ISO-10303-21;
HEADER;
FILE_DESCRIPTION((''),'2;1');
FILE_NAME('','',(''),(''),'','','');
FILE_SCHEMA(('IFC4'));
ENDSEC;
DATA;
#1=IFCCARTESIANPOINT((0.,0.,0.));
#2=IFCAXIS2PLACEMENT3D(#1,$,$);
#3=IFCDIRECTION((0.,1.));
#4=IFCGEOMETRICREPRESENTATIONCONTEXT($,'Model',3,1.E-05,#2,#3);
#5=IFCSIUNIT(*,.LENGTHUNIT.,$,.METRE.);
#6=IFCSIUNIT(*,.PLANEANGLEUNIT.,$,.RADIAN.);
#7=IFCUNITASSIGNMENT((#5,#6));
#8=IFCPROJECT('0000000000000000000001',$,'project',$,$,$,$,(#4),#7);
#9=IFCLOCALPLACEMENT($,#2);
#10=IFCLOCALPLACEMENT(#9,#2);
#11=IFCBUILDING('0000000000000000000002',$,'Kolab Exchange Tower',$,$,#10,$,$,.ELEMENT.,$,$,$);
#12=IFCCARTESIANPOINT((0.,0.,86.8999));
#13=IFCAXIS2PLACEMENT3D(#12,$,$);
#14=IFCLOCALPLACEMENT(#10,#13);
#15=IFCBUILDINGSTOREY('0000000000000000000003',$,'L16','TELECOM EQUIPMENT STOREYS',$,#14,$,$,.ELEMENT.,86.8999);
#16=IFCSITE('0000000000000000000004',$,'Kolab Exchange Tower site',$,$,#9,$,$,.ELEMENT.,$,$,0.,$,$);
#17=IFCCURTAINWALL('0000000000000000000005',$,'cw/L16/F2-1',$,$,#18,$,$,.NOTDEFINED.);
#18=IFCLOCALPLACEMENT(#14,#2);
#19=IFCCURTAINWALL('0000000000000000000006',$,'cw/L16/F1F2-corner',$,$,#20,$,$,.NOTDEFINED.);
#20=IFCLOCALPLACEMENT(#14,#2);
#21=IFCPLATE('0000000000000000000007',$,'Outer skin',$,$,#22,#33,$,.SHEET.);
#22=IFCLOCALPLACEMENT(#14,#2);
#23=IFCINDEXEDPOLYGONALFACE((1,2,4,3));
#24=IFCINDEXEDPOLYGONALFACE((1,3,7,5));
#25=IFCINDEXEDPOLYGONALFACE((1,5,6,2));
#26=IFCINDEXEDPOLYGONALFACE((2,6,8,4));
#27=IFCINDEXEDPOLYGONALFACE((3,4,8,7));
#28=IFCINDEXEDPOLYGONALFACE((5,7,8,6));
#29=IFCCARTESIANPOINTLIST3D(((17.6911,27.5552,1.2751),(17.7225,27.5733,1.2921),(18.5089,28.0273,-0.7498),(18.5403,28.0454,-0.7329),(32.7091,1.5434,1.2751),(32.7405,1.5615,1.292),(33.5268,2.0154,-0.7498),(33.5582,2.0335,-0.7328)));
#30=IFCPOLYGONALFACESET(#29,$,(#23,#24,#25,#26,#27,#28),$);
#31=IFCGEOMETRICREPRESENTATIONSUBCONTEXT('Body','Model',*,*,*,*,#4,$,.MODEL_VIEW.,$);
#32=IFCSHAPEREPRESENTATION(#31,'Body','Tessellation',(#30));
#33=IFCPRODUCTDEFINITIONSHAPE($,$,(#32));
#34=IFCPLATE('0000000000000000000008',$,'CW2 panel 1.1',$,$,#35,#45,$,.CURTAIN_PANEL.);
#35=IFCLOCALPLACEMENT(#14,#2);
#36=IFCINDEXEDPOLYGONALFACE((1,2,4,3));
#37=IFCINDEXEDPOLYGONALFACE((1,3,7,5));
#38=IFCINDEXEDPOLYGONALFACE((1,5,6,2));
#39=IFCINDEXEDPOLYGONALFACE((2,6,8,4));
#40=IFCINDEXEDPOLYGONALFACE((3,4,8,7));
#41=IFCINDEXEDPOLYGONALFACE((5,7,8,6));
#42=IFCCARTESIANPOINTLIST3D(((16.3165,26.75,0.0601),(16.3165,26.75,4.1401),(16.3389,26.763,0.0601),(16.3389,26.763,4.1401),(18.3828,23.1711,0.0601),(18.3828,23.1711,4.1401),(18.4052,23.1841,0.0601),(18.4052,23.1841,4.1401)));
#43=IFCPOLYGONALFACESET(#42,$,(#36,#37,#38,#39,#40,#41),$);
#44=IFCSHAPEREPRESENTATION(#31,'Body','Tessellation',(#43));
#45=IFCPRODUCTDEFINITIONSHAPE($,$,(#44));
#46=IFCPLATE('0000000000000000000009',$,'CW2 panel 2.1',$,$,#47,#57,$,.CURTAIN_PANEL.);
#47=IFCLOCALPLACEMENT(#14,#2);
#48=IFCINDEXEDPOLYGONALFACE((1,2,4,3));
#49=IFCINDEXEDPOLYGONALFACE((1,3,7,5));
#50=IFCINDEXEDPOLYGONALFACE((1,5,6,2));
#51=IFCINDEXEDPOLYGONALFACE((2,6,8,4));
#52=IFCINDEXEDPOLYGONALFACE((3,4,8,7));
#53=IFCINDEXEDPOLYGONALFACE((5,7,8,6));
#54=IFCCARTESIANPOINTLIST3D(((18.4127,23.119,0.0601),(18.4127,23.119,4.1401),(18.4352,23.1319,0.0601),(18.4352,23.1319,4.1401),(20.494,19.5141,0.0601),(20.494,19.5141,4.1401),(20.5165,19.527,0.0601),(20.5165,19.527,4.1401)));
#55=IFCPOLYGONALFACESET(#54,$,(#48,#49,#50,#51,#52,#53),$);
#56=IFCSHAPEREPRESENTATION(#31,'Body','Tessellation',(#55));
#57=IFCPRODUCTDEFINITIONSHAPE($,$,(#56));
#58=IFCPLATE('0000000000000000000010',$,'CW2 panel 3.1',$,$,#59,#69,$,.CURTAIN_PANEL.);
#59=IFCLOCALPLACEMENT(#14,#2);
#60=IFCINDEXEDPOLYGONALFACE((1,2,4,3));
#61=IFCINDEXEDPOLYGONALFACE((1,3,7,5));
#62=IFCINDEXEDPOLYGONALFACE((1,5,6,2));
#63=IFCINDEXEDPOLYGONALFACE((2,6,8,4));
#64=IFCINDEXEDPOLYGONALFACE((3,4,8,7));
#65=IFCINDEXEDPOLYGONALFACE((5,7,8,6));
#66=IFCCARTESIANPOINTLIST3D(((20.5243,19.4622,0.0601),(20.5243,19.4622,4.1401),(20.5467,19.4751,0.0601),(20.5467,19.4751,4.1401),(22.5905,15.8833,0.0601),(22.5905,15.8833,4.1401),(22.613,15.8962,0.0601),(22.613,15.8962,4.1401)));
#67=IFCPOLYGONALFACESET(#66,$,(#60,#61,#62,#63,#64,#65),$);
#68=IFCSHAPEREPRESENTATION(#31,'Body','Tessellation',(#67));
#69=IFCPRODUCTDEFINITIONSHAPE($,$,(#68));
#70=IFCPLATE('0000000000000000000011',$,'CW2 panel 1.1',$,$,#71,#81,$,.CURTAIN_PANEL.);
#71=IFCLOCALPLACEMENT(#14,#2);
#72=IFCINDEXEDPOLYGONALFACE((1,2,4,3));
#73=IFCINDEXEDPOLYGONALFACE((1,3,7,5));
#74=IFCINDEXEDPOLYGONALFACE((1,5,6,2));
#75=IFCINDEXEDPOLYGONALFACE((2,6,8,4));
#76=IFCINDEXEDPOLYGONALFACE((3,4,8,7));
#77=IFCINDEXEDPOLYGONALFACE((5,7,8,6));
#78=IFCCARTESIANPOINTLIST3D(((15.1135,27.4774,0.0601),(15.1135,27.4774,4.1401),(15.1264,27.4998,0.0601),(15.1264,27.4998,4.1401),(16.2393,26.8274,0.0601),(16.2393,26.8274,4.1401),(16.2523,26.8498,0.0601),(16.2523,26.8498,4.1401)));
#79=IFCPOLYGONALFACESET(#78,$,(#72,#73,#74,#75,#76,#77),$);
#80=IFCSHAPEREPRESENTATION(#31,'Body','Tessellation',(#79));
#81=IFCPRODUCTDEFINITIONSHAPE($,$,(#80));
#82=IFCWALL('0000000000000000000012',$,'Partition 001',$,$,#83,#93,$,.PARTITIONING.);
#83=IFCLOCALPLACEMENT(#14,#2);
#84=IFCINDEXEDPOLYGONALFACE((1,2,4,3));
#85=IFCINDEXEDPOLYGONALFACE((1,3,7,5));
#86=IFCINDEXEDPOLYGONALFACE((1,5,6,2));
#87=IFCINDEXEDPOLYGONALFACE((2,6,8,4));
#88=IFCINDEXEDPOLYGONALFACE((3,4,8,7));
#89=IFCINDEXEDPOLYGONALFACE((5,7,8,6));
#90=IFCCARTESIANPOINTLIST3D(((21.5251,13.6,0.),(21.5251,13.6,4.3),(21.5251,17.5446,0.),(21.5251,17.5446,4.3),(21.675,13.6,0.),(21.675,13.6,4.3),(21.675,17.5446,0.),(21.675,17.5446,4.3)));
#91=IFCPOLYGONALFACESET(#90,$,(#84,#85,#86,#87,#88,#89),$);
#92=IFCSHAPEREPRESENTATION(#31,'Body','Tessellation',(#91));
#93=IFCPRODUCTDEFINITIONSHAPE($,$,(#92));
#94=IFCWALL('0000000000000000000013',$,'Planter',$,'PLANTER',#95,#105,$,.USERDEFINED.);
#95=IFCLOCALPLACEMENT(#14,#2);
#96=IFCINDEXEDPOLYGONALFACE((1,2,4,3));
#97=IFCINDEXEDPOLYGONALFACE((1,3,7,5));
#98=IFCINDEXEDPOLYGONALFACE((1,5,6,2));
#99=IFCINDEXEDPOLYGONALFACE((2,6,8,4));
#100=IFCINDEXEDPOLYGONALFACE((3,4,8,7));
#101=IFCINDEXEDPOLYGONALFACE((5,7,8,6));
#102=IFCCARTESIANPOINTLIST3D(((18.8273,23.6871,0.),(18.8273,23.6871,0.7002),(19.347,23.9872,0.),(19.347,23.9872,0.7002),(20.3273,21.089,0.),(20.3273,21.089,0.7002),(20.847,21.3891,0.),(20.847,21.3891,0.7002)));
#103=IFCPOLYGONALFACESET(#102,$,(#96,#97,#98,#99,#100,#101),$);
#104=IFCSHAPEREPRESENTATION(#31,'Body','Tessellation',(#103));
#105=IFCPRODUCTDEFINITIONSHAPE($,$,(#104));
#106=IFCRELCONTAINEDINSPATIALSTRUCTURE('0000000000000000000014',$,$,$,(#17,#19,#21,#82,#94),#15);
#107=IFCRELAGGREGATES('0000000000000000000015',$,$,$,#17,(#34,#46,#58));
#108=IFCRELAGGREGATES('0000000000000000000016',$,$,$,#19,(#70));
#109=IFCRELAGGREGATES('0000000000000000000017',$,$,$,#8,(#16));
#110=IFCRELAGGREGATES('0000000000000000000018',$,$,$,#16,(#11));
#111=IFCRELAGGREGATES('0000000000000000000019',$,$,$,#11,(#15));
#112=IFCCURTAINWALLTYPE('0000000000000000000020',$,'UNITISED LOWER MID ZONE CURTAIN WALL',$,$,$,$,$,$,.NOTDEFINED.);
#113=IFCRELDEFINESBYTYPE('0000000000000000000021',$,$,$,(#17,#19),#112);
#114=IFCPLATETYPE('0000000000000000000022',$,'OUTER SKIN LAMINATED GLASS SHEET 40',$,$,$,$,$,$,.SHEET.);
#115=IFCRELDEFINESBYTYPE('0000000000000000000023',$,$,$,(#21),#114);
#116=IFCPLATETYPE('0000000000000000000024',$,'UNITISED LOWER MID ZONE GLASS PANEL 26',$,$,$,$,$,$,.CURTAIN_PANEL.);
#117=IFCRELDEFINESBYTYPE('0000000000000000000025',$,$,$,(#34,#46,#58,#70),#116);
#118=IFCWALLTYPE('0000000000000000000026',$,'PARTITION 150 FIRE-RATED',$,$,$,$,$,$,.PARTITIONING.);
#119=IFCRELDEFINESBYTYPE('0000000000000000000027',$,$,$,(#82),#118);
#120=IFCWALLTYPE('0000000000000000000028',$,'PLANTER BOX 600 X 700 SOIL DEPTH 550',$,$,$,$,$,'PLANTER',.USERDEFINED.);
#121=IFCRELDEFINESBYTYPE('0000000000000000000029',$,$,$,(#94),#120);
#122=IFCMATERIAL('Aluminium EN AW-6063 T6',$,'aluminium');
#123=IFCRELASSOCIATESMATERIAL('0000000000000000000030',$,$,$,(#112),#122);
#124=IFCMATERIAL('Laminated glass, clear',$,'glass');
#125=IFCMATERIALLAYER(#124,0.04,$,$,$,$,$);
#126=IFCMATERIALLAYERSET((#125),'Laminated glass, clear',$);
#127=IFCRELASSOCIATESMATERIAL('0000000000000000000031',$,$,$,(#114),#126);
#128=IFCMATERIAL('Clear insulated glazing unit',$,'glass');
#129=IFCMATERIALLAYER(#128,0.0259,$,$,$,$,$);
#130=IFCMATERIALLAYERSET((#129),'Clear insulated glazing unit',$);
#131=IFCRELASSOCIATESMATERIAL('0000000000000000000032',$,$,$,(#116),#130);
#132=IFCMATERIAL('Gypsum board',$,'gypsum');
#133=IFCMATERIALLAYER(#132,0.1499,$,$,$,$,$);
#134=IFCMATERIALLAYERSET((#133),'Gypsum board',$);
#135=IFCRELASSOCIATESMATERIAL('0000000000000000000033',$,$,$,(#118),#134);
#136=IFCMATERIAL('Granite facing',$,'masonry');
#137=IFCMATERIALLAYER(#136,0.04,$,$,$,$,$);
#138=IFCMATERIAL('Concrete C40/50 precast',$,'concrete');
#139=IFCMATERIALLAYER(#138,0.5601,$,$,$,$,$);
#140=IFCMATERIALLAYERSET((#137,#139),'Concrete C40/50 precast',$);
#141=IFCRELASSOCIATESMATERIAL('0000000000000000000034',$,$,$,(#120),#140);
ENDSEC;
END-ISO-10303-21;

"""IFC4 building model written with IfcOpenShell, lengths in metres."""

from ifc_helpers import new_model, si_unit, direction, frame, frame_2d, origin, origin_2d, place, context, subcontext, project, spatial, polyline, rectangle, outline, extrude, material, layer, layer_set, type_object, element, aggregate, save


model = new_model("IFC4")

# Units and contexts
model_context = context("Model", 3, precision=1e-05, world=origin(), true_north=direction((0.0, 1.0)))
body_context = subcontext(model_context, "Body", "Model", "MODEL_VIEW")
ifc_project = project(units=[si_unit("LENGTHUNIT", "METRE"), si_unit("PLANEANGLEUNIT", "RADIAN")], contexts=[model_context])

# Site, building, storey
site_placement = place(None, origin())
site = spatial("IfcSite", under=ifc_project, at=site_placement, Name="Kolab Exchange Tower site", CompositionType="ELEMENT", RefElevation=0.0)
building_placement = place(site_placement, origin())
building = spatial("IfcBuilding", under=site, at=building_placement, Name="Kolab Exchange Tower", CompositionType="ELEMENT")
storey_placement = place(building_placement, frame((0.0, 0.0, 86.8999)))
storey = spatial("IfcBuildingStorey", under=building, at=storey_placement, Name="L16", Description="TELECOM EQUIPMENT STOREYS", CompositionType="ELEMENT", Elevation=86.8999)

# Shared definitions
ifc_material_1 = material(Name="Aluminium EN AW-6063 T6", Category="aluminium")
curtain_wall_type = type_object("IfcCurtainWallType", Name="UNITISED LOWER MID ZONE CURTAIN WALL", PredefinedType="NOTDEFINED", material=ifc_material_1)

# Curtain wall
curtain_wall_1_placement = place(storey_placement, origin())
curtain_wall_1 = element("IfcCurtainWall", 1, at=curtain_wall_1_placement, inside=storey, type_object=curtain_wall_type, Name="cw/L16/F2-1", PredefinedType="NOTDEFINED")

# Curtain wall
curtain_wall_2_placement = place(storey_placement, origin())
curtain_wall_2 = element("IfcCurtainWall", 2, at=curtain_wall_2_placement, inside=storey, type_object=curtain_wall_type, Name="cw/L16/F1F2-corner", PredefinedType="NOTDEFINED")

# Plates
ifc_material_2 = material(Name="Laminated glass, clear", Category="glass")
ifc_layer_1 = layer(ifc_material_2, 0.04)
ifc_layer_set_1 = layer_set([ifc_layer_1], Name="Laminated glass, clear")
plate_type_1 = type_object("IfcPlateType", Name="OUTER SKIN LAMINATED GLASS SHEET 40", PredefinedType="SHEET", material=ifc_layer_set_1)
plate_1_placement = place(storey_placement, frame((18.5403, 28.0454, -0.7329), z_axis=(0.784887, 0.453155, 0.422613), x_axis=(0.499999, -0.866026, 0.000002)))
element("IfcPlate", 3, at=plate_1_placement, inside=storey, type_object=plate_type_1, Name="Outer skin", PredefinedType="SHEET", context=body_context, shape_type="SweptSolid", body=[
    extrude(outline(polyline([(0.0, 0.0), (30.0359, 0.0), (30.0358, -2.2342), (0.0, -2.2343), (0.0, 0.0)])), origin(), (0.0, 0.0, -1.0), 0.04),
])
ifc_material_3 = material(Name="Clear insulated glazing unit", Category="glass")
ifc_layer_2 = layer(ifc_material_3, 0.0259)
ifc_layer_set_2 = layer_set([ifc_layer_2], Name="Clear insulated glazing unit")
plate_type_2 = type_object("IfcPlateType", Name="UNITISED LOWER MID ZONE GLASS PANEL 26", PredefinedType="CURTAIN_PANEL", material=ifc_layer_set_2)
plate_2_placement = place(storey_placement, frame((17.3608, 24.967, 0.0601), z_axis=(0.0, 0.0, 1.0), x_axis=(0.5, -0.866025, 0.0)))
plate_2 = element("IfcPlate", 4, at=plate_2_placement, type_object=plate_type_2, Name="CW2 panel 1.1", PredefinedType="CURTAIN_PANEL", context=body_context, shape_type="SweptSolid", body=[
    extrude(rectangle(XDim=4.1326, YDim=0.0259, at=origin_2d()), origin(), (0.0, 0.0, 1.0), 4.0801),
])
plate_3_placement = place(storey_placement, frame((19.4646, 21.323, 0.0601), z_axis=(0.0, 0.0, 1.0), x_axis=(0.5, -0.866025, 0.0)))
plate_3 = element("IfcPlate", 5, at=plate_3_placement, type_object=plate_type_2, Name="CW2 panel 2.1", PredefinedType="CURTAIN_PANEL", context=body_context, shape_type="SweptSolid", body=[
    extrude(rectangle(XDim=4.1626, YDim=0.0259, at=origin_2d()), origin(), (0.0, 0.0, 1.0), 4.0801),
])
plate_4_placement = place(storey_placement, frame((21.5686, 17.6792, 0.0601), z_axis=(0.0, 0.0, 1.0), x_axis=(0.5, -0.866025, 0.0)))
plate_4 = element("IfcPlate", 6, at=plate_4_placement, type_object=plate_type_2, Name="CW2 panel 3.1", PredefinedType="CURTAIN_PANEL", context=body_context, shape_type="SweptSolid", body=[
    extrude(rectangle(XDim=4.1326, YDim=0.0259, at=origin_2d()), origin(), (0.0, 0.0, 1.0), 4.0801),
])
aggregate(curtain_wall_1, [plate_2, plate_3, plate_4])
plate_5_placement = place(storey_placement, frame((15.6829, 27.1636, 0.0601), z_axis=(0.0, 0.0, 1.0), x_axis=(0.866025, -0.5, 0.0)))
plate_5 = element("IfcPlate", 7, at=plate_5_placement, type_object=plate_type_2, Name="CW2 panel 1.1", PredefinedType="CURTAIN_PANEL", context=body_context, shape_type="SweptSolid", body=[
    extrude(rectangle(XDim=1.3, YDim=0.0259, at=origin_2d()), origin(), (0.0, 0.0, 1.0), 4.0801),
])
aggregate(curtain_wall_2, [plate_5])

# Walls
ifc_material_4 = material(Name="Gypsum board", Category="gypsum")
ifc_layer_3 = layer(ifc_material_4, 0.1499)
ifc_layer_set_3 = layer_set([ifc_layer_3], Name="Gypsum board")
wall_type_1 = type_object("IfcWallType", Name="PARTITION 150 FIRE-RATED", PredefinedType="PARTITIONING", material=ifc_layer_set_3)
wall_1_placement = place(storey_placement, frame((21.6001, 13.6001, 0.0), z_axis=(0.0, 0.0, 1.0), x_axis=(0.0, 1.0, 0.0)))
element("IfcWall", 8, at=wall_1_placement, inside=storey, type_object=wall_type_1, Name="Partition 001", PredefinedType="PARTITIONING", context=body_context, shape_type="SweptSolid", body=[
    extrude(rectangle(XDim=3.9446, YDim=0.1499, at=frame_2d((1.9722, 0.0))), origin(), (0.0, 0.0, 1.0), 4.3),
])
ifc_material_5 = material(Name="Granite facing", Category="masonry")
ifc_layer_4 = layer(ifc_material_5, 0.04)
ifc_material_6 = material(Name="Concrete C40/50 precast", Category="concrete")
ifc_layer_5 = layer(ifc_material_6, 0.5601)
ifc_layer_set_4 = layer_set([ifc_layer_4, ifc_layer_5], Name="Concrete C40/50 precast")
wall_type_2 = type_object("IfcWallType", Name="PLANTER BOX 600 X 700 SOIL DEPTH 550", ElementType="PLANTER", PredefinedType="USERDEFINED", material=ifc_layer_set_4)
wall_2_placement = place(storey_placement, frame((19.0872, 23.8372, 0.0), z_axis=(0.0, 0.0, 1.0), x_axis=(0.49999, -0.866031, 0.0)))
element("IfcWall", 9, at=wall_2_placement, inside=storey, type_object=wall_type_2, Name="Planter", ObjectType="PLANTER", PredefinedType="USERDEFINED", context=body_context, shape_type="SweptSolid", body=[
    extrude(rectangle(XDim=3.0, YDim=0.6001, at=frame_2d((1.5, 0.0))), origin(), (0.0, 0.0, 1.0), 0.7002),
])

save(model, "model.ifc")
